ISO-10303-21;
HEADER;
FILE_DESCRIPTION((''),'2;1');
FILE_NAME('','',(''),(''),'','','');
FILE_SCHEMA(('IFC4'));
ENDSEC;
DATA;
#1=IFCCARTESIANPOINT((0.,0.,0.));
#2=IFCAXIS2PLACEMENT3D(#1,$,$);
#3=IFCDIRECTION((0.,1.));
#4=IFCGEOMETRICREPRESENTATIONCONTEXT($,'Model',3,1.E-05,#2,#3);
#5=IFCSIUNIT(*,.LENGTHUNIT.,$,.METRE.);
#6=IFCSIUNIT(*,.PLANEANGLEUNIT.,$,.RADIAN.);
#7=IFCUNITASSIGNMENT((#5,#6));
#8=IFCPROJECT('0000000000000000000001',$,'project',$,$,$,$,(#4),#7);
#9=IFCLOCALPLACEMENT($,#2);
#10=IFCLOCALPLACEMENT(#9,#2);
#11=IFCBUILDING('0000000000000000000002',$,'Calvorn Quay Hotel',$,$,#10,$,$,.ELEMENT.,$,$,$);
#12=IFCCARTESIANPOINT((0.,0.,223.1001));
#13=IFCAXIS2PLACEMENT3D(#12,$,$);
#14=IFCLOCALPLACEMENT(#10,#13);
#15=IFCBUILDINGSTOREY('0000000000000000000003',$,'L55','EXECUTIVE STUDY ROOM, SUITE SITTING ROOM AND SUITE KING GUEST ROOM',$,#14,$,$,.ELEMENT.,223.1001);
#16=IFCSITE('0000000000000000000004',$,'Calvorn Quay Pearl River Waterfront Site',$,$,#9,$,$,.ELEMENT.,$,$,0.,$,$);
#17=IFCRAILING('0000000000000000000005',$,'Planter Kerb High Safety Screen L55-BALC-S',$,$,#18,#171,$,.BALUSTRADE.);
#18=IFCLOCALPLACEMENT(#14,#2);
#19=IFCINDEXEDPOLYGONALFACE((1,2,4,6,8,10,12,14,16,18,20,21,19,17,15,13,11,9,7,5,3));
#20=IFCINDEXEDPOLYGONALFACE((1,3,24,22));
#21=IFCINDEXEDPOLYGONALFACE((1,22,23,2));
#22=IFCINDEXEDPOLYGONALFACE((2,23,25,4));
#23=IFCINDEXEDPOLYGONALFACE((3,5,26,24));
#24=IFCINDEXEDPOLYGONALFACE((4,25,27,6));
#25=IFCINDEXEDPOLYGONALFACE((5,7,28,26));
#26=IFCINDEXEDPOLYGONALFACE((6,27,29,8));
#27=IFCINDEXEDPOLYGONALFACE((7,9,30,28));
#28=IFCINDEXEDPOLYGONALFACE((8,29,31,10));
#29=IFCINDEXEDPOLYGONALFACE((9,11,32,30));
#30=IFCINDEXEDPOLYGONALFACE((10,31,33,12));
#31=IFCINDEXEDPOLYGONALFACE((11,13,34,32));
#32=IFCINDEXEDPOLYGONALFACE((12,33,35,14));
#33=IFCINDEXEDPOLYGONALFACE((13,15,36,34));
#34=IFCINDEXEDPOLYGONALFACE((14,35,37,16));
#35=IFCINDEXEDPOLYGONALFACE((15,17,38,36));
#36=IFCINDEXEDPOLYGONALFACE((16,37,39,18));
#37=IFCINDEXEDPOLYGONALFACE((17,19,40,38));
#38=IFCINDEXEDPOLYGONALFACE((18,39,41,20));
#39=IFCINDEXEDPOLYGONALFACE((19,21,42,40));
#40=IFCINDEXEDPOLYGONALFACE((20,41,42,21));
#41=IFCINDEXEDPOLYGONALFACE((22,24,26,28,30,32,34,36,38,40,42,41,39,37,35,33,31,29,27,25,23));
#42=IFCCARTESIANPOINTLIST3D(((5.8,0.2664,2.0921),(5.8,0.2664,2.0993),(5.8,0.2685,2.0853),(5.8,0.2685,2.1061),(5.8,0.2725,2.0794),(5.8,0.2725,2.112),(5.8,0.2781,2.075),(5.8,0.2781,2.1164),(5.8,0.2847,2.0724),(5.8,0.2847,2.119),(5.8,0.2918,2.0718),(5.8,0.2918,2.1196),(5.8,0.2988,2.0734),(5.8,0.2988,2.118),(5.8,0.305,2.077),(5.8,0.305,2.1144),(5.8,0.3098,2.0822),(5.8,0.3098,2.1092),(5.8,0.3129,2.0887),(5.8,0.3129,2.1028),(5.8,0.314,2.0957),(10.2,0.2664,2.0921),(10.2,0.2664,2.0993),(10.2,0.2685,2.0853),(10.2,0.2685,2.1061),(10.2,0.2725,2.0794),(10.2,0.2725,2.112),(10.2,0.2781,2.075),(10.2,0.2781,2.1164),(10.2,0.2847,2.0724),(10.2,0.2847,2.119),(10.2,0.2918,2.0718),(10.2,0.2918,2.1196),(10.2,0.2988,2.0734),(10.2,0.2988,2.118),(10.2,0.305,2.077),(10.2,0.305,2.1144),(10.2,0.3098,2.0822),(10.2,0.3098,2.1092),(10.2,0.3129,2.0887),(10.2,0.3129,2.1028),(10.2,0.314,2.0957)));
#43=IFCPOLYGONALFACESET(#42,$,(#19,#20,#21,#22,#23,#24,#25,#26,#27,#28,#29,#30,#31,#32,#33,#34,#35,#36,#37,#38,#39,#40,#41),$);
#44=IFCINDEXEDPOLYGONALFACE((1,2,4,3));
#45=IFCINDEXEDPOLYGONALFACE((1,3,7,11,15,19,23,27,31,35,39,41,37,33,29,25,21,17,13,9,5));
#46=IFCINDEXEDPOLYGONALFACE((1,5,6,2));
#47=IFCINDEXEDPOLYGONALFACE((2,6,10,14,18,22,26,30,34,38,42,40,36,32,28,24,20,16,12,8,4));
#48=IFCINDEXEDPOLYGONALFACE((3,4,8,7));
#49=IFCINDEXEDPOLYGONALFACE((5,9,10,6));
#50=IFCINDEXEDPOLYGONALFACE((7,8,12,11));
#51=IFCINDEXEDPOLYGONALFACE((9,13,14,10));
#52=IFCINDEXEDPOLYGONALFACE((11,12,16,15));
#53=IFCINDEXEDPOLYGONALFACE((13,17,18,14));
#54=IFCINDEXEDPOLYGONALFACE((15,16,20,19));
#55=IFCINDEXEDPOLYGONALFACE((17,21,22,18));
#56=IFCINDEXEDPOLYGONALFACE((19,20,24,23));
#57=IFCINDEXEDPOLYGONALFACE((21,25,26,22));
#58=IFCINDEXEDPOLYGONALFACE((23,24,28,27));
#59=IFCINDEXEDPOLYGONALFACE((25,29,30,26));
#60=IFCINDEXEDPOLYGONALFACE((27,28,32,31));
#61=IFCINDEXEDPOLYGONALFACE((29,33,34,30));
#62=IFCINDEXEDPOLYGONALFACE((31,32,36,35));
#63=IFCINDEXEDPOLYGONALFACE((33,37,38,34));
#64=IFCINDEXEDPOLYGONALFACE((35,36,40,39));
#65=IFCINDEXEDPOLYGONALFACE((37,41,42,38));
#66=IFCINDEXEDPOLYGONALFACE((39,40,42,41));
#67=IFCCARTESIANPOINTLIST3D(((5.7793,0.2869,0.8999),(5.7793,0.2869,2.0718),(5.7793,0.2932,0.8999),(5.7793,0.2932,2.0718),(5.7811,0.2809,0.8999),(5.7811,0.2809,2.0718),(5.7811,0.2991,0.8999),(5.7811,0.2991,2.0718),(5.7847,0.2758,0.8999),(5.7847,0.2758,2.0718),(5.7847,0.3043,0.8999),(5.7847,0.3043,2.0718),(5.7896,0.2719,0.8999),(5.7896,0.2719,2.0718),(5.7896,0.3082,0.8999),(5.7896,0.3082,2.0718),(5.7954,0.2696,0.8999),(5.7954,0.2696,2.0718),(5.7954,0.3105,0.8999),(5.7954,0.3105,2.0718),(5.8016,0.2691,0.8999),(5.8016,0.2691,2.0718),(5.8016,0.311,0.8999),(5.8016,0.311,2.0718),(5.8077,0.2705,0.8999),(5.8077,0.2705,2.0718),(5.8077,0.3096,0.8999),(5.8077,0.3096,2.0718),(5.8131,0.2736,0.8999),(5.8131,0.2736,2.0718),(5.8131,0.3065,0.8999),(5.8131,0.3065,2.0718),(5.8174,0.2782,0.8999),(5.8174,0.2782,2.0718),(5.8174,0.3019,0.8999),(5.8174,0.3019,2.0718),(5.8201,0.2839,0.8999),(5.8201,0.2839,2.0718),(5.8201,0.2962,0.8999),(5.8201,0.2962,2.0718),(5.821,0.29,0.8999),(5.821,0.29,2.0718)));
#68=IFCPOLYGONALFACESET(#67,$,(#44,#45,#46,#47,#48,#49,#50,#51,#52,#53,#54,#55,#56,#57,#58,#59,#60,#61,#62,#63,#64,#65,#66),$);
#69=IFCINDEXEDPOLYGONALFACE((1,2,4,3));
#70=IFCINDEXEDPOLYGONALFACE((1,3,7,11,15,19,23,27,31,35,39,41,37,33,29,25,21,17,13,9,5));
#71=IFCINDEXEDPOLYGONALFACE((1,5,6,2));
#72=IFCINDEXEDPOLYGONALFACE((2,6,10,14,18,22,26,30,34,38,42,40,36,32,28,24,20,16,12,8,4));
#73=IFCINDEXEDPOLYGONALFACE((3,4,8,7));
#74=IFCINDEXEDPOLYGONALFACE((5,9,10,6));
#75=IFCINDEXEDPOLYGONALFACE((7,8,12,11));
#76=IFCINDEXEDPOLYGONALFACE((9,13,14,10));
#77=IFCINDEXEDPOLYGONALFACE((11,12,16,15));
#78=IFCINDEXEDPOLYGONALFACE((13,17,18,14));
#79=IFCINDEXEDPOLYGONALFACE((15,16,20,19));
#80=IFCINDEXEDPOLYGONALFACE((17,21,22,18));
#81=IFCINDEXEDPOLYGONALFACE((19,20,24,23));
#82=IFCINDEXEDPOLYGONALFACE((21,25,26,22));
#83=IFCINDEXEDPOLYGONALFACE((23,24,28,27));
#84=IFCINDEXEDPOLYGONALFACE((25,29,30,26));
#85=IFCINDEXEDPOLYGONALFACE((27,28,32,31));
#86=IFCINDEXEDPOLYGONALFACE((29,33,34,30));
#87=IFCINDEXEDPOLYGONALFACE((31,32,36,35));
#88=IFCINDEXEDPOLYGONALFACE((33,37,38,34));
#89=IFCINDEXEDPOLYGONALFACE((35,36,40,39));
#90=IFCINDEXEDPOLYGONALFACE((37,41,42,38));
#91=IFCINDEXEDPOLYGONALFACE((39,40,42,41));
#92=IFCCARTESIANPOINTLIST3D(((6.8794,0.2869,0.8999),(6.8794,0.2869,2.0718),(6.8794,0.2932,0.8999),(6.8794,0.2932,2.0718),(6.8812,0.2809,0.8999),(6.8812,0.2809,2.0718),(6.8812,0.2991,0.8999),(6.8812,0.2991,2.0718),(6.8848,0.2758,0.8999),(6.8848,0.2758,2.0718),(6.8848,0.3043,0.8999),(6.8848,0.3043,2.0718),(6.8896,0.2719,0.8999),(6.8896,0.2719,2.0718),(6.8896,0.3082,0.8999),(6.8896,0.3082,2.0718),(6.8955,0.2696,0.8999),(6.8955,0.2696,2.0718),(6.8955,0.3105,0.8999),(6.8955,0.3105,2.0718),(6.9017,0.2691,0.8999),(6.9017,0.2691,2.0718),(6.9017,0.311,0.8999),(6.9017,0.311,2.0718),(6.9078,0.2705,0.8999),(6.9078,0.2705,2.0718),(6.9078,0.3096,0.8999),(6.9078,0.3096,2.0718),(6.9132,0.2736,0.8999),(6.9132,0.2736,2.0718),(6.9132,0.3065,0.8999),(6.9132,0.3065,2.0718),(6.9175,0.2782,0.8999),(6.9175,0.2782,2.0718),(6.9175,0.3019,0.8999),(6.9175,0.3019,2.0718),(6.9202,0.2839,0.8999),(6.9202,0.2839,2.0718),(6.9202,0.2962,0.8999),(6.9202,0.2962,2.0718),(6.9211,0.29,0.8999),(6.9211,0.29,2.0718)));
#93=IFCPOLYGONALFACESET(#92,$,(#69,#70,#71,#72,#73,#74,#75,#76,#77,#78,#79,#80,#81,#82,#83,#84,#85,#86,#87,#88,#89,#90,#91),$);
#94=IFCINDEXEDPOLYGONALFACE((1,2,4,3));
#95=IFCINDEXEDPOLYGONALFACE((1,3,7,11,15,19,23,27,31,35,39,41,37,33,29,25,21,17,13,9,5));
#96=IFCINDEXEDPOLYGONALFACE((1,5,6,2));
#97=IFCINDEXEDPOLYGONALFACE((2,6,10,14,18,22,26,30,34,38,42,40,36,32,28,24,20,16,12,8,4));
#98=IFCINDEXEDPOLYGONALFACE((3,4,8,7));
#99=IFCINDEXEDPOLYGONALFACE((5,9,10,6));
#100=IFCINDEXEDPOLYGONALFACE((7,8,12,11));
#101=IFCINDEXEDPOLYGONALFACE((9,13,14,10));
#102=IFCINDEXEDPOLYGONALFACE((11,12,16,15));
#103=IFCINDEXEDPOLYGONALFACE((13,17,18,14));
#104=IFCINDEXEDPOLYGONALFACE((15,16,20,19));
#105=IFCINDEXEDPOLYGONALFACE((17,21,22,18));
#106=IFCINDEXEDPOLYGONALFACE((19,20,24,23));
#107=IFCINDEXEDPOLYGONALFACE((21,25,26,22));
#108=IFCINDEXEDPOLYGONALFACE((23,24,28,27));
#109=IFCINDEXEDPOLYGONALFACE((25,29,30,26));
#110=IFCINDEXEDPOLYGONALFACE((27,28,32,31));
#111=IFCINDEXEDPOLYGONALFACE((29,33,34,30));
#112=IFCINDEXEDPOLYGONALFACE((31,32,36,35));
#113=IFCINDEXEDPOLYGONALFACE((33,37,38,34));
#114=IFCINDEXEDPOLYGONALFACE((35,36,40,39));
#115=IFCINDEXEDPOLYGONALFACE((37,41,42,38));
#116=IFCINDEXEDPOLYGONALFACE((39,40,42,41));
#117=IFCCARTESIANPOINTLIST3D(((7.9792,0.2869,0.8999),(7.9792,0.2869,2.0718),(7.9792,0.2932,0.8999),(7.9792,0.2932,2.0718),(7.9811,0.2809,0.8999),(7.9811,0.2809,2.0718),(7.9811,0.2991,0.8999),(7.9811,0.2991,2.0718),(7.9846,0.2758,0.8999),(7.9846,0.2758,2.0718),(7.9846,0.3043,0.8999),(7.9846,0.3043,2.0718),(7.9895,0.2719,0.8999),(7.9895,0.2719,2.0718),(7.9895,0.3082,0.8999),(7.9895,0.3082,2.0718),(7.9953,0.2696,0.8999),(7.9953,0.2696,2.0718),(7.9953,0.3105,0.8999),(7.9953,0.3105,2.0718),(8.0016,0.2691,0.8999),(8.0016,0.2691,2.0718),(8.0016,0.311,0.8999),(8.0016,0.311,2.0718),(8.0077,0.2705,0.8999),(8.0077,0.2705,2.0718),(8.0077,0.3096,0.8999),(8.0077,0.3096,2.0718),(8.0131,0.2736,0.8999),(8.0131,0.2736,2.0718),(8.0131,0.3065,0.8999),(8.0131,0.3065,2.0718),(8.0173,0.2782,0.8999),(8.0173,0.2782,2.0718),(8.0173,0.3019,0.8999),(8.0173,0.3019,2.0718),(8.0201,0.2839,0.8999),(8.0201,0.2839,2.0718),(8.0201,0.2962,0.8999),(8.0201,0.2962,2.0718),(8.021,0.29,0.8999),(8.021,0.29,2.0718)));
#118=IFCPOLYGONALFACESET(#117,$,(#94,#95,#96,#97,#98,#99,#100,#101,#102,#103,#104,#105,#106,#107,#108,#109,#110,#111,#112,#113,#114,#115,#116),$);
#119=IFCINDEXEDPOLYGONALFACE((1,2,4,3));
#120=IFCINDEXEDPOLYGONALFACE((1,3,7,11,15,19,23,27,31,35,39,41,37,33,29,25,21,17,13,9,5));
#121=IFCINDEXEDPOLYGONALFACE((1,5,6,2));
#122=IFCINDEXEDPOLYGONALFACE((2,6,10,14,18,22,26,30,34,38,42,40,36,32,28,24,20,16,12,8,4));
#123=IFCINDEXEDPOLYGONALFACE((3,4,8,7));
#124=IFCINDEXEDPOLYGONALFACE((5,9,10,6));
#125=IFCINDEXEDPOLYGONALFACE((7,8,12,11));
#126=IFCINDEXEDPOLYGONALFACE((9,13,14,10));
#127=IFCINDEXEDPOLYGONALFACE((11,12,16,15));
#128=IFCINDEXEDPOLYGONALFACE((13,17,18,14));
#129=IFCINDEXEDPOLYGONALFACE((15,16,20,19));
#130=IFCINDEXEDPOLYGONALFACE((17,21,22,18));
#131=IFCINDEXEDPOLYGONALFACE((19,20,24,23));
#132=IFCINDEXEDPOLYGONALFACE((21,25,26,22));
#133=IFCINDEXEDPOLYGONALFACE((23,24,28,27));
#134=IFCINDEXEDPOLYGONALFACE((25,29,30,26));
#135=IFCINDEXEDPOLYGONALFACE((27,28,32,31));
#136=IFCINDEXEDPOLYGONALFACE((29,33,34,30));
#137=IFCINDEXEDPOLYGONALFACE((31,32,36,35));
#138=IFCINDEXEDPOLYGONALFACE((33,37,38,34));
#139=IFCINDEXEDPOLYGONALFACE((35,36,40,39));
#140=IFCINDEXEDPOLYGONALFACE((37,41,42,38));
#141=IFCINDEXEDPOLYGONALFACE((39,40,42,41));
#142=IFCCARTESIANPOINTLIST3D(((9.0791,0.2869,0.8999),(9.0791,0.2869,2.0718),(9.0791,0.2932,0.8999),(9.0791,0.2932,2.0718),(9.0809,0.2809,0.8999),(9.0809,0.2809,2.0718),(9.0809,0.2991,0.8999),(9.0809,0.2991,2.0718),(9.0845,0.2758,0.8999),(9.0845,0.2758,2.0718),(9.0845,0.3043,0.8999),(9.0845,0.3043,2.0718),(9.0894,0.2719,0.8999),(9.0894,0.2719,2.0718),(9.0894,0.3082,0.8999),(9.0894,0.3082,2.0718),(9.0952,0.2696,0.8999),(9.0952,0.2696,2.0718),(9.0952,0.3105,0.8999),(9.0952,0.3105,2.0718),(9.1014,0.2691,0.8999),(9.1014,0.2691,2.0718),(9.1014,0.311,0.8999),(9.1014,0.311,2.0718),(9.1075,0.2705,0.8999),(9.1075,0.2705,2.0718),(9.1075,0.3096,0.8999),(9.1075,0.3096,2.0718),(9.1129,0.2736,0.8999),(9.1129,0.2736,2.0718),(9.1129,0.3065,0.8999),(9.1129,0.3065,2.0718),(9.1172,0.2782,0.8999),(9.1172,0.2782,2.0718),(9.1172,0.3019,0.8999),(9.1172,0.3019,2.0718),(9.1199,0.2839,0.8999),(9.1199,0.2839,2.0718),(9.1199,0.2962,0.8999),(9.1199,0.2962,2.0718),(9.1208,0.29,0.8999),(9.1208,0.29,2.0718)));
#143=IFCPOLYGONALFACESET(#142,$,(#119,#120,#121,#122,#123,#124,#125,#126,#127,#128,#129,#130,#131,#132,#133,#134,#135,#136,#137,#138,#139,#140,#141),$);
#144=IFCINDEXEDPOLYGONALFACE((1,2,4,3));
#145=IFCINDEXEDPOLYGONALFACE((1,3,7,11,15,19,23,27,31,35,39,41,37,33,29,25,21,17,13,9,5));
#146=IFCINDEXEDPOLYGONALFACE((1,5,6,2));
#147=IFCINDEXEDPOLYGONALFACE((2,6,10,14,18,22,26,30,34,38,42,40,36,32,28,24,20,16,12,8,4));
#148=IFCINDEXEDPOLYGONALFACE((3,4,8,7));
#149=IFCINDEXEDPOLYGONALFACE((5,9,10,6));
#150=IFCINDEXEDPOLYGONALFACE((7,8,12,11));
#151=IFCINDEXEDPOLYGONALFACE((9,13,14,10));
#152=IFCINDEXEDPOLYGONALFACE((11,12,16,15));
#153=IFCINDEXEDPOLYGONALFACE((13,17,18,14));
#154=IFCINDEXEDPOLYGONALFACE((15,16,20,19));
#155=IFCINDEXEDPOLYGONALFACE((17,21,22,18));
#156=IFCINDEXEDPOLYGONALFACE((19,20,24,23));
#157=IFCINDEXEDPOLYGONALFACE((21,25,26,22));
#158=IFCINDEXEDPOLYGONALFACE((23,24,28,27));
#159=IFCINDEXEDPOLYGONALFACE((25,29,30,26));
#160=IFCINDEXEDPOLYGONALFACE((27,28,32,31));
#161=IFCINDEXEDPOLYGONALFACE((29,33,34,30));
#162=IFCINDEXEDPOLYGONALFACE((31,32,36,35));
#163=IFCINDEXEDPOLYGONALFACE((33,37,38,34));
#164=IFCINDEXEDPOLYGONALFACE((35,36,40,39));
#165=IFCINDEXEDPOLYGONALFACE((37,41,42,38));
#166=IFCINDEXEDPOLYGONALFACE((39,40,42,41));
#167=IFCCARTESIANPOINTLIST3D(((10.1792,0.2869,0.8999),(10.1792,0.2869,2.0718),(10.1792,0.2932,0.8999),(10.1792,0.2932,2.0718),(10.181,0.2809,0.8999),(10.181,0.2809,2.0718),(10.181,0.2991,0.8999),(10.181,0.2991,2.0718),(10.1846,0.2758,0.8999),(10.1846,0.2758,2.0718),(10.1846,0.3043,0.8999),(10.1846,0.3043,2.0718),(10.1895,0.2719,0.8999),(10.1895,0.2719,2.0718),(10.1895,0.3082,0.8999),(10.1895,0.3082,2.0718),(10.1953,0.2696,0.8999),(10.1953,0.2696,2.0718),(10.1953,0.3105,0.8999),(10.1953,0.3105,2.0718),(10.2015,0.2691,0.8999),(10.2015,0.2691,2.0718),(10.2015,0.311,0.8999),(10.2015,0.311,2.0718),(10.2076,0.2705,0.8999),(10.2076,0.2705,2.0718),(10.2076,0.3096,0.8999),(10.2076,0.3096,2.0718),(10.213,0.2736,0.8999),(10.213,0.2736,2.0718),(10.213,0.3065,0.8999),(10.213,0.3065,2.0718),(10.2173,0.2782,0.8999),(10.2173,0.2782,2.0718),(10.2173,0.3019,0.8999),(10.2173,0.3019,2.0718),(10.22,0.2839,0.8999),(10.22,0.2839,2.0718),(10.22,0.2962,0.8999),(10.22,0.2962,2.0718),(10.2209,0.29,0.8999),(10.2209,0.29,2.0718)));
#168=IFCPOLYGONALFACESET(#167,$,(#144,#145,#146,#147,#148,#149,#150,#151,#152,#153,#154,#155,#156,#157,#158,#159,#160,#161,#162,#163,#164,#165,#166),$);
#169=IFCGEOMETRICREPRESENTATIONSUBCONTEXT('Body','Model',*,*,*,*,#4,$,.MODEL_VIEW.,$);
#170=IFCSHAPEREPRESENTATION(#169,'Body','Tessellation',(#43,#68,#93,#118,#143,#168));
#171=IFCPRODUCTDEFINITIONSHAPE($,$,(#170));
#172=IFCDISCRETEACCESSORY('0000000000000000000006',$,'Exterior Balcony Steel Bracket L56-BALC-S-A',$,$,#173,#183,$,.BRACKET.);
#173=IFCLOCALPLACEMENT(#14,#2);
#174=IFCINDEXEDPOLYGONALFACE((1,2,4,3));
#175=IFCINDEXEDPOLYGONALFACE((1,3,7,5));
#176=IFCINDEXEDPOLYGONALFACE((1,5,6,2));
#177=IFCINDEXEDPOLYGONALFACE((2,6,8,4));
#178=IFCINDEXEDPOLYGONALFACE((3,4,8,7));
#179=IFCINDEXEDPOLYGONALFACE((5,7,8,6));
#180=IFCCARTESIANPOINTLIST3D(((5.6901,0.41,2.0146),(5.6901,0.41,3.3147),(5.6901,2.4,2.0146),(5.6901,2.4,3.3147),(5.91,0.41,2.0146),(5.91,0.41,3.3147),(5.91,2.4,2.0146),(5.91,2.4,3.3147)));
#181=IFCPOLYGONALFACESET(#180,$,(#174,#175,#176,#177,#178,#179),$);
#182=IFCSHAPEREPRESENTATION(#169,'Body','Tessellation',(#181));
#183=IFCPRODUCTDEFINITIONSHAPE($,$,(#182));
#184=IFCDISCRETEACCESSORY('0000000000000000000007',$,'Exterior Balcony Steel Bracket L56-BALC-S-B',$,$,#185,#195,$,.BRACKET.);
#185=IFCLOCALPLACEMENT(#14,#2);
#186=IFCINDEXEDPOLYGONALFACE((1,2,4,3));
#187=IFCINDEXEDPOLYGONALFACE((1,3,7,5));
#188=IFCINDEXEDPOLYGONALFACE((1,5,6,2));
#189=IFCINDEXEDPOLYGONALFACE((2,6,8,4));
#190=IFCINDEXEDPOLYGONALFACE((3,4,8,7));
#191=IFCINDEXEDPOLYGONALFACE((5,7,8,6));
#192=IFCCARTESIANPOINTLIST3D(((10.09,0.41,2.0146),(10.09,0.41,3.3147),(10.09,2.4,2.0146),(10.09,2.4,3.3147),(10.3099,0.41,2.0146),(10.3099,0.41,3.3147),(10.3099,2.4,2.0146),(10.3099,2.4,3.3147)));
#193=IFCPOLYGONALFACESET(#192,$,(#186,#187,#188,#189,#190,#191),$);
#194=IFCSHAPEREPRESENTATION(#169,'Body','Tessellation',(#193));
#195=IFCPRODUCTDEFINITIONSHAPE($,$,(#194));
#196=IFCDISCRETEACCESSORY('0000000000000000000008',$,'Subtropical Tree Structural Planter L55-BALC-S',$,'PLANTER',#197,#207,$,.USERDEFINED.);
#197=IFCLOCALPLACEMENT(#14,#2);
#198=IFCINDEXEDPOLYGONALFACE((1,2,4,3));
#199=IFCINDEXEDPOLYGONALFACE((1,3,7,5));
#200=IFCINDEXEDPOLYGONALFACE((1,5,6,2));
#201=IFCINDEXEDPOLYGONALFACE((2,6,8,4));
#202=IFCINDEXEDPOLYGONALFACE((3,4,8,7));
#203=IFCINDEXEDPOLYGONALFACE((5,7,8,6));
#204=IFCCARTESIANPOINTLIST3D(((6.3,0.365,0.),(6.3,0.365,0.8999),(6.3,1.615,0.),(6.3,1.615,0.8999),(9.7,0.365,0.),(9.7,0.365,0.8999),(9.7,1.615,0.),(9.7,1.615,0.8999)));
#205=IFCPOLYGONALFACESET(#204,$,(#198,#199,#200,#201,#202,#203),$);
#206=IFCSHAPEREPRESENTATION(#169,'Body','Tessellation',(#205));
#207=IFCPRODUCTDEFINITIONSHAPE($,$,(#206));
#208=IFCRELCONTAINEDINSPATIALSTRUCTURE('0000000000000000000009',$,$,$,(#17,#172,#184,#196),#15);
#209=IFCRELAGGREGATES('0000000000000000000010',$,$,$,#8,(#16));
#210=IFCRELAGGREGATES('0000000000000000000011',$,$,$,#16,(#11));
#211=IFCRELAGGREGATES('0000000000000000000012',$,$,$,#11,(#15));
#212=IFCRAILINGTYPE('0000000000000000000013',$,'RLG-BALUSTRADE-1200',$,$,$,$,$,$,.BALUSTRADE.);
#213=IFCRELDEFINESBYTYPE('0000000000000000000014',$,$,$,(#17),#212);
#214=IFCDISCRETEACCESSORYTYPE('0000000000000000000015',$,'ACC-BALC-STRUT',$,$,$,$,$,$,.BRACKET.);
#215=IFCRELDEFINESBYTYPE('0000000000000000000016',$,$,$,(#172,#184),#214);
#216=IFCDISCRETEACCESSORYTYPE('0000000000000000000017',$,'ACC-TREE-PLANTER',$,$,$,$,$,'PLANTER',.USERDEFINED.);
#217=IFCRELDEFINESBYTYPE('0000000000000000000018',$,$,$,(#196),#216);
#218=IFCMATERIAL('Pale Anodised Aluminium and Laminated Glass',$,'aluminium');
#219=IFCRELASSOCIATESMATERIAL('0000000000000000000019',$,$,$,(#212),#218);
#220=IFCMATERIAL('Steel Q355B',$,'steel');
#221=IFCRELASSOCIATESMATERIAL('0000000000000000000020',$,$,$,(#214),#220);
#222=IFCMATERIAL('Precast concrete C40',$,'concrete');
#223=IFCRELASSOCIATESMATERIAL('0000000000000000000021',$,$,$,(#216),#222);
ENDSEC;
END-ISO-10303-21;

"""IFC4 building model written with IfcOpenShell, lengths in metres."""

from ifc_helpers import new_model, si_unit, direction, frame, origin, origin_2d, place, context, subcontext, project, spatial, rectangle, circle, extrude, material, type_object, element, save


model = new_model("IFC4")

# Units and contexts
model_context = context("Model", 3, precision=1e-05, world=origin(), true_north=direction((0.0, 1.0)))
body_context = subcontext(model_context, "Body", "Model", "MODEL_VIEW")
ifc_project = project(units=[si_unit("LENGTHUNIT", "METRE"), si_unit("PLANEANGLEUNIT", "RADIAN")], contexts=[model_context])

# Site, building, storey
site_placement = place(None, origin())
site = spatial("IfcSite", under=ifc_project, at=site_placement, Name="Calvorn Quay Pearl River Waterfront Site", CompositionType="ELEMENT", RefElevation=0.0)
building_placement = place(site_placement, origin())
building = spatial("IfcBuilding", under=site, at=building_placement, Name="Calvorn Quay Hotel", CompositionType="ELEMENT")
storey_placement = place(building_placement, frame((0.0, 0.0, 223.1001)))
storey = spatial("IfcBuildingStorey", under=building, at=storey_placement, Name="L55", Description="EXECUTIVE STUDY ROOM, SUITE SITTING ROOM AND SUITE KING GUEST ROOM", CompositionType="ELEMENT", Elevation=223.1001)

# Railing
ifc_material_1 = material(Name="Pale Anodised Aluminium and Laminated Glass", Category="aluminium")
railing_type = type_object("IfcRailingType", Name="RLG-BALUSTRADE-1200", PredefinedType="BALUSTRADE", material=ifc_material_1)
railing_1_placement = place(storey_placement, frame((5.8, 0.29, 0.8999)))
element("IfcRailing", 1, at=railing_1_placement, inside=storey, type_object=railing_type, Name="Planter Kerb High Safety Screen L55-BALC-S", PredefinedType="BALUSTRADE", context=body_context, shape_type="SweptSolid", body=[
    extrude(circle(Radius=0.0239, at=origin_2d()), frame((0.0, 0.0, 1.1958), z_axis=(1.0, 0.0, 0.0), x_axis=(0.0, 1.0, 0.0)), (0.0, 0.0, 1.0), 4.3999),
    extrude(circle(Radius=0.021, at=origin_2d()), origin(), (0.0, 0.0, 1.0), 1.1719),
    extrude(circle(Radius=0.021, at=origin_2d()), frame((1.1001, 0.0, 0.0)), (0.0, 0.0, 1.0), 1.1719),
    extrude(circle(Radius=0.021, at=origin_2d()), frame((2.2, 0.0, 0.0)), (0.0, 0.0, 1.0), 1.1719),
    extrude(circle(Radius=0.021, at=origin_2d()), frame((3.2998, 0.0, 0.0)), (0.0, 0.0, 1.0), 1.1719),
    extrude(circle(Radius=0.021, at=origin_2d()), frame((4.3999, 0.0, 0.0)), (0.0, 0.0, 1.0), 1.1719),
])

# Discrete accessories
ifc_material_2 = material(Name="Steel Q355B", Category="steel")
discrete_accessory_type_1 = type_object("IfcDiscreteAccessoryType", Name="ACC-BALC-STRUT", PredefinedType="BRACKET", material=ifc_material_2)
for number, where, z_axis, x_axis, name in (
    (2, (5.8, 1.405, 2.0146), (0.0, 0.0, 1.0), (1.0, 0.0, 0.0), "Exterior Balcony Steel Bracket L56-BALC-S-A"),
    (3, (10.2, 1.405, 2.0146), (0.0, 0.0, 1.0), (1.0, 0.0, 0.0), "Exterior Balcony Steel Bracket L56-BALC-S-B"),
):
    element("IfcDiscreteAccessory", number, at=place(storey_placement, frame(where, z_axis=z_axis, x_axis=x_axis)), inside=storey, type_object=discrete_accessory_type_1, Name=name, PredefinedType="BRACKET", context=body_context, shape_type="SweptSolid", body=[
        extrude(rectangle(XDim=0.22, YDim=1.99, at=origin_2d()), origin(), (0.0, 0.0, 1.0), 1.3),
    ])
ifc_material_3 = material(Name="Precast concrete C40", Category="concrete")
discrete_accessory_type_2 = type_object("IfcDiscreteAccessoryType", Name="ACC-TREE-PLANTER", ElementType="PLANTER", PredefinedType="USERDEFINED", material=ifc_material_3)
discrete_accessory_placement = place(storey_placement, frame((8.0, 0.99, 0.0), z_axis=(0.0, 0.0, 1.0), x_axis=(1.0, 0.0, 0.0)))
element("IfcDiscreteAccessory", 4, at=discrete_accessory_placement, inside=storey, type_object=discrete_accessory_type_2, Name="Subtropical Tree Structural Planter L55-BALC-S", ObjectType="PLANTER", PredefinedType="USERDEFINED", context=body_context, shape_type="SweptSolid", body=[
    extrude(rectangle(XDim=3.3999, YDim=1.25, at=origin_2d()), origin(), (0.0, 0.0, 1.0), 0.8999),
])

save(model, "model.ifc")
